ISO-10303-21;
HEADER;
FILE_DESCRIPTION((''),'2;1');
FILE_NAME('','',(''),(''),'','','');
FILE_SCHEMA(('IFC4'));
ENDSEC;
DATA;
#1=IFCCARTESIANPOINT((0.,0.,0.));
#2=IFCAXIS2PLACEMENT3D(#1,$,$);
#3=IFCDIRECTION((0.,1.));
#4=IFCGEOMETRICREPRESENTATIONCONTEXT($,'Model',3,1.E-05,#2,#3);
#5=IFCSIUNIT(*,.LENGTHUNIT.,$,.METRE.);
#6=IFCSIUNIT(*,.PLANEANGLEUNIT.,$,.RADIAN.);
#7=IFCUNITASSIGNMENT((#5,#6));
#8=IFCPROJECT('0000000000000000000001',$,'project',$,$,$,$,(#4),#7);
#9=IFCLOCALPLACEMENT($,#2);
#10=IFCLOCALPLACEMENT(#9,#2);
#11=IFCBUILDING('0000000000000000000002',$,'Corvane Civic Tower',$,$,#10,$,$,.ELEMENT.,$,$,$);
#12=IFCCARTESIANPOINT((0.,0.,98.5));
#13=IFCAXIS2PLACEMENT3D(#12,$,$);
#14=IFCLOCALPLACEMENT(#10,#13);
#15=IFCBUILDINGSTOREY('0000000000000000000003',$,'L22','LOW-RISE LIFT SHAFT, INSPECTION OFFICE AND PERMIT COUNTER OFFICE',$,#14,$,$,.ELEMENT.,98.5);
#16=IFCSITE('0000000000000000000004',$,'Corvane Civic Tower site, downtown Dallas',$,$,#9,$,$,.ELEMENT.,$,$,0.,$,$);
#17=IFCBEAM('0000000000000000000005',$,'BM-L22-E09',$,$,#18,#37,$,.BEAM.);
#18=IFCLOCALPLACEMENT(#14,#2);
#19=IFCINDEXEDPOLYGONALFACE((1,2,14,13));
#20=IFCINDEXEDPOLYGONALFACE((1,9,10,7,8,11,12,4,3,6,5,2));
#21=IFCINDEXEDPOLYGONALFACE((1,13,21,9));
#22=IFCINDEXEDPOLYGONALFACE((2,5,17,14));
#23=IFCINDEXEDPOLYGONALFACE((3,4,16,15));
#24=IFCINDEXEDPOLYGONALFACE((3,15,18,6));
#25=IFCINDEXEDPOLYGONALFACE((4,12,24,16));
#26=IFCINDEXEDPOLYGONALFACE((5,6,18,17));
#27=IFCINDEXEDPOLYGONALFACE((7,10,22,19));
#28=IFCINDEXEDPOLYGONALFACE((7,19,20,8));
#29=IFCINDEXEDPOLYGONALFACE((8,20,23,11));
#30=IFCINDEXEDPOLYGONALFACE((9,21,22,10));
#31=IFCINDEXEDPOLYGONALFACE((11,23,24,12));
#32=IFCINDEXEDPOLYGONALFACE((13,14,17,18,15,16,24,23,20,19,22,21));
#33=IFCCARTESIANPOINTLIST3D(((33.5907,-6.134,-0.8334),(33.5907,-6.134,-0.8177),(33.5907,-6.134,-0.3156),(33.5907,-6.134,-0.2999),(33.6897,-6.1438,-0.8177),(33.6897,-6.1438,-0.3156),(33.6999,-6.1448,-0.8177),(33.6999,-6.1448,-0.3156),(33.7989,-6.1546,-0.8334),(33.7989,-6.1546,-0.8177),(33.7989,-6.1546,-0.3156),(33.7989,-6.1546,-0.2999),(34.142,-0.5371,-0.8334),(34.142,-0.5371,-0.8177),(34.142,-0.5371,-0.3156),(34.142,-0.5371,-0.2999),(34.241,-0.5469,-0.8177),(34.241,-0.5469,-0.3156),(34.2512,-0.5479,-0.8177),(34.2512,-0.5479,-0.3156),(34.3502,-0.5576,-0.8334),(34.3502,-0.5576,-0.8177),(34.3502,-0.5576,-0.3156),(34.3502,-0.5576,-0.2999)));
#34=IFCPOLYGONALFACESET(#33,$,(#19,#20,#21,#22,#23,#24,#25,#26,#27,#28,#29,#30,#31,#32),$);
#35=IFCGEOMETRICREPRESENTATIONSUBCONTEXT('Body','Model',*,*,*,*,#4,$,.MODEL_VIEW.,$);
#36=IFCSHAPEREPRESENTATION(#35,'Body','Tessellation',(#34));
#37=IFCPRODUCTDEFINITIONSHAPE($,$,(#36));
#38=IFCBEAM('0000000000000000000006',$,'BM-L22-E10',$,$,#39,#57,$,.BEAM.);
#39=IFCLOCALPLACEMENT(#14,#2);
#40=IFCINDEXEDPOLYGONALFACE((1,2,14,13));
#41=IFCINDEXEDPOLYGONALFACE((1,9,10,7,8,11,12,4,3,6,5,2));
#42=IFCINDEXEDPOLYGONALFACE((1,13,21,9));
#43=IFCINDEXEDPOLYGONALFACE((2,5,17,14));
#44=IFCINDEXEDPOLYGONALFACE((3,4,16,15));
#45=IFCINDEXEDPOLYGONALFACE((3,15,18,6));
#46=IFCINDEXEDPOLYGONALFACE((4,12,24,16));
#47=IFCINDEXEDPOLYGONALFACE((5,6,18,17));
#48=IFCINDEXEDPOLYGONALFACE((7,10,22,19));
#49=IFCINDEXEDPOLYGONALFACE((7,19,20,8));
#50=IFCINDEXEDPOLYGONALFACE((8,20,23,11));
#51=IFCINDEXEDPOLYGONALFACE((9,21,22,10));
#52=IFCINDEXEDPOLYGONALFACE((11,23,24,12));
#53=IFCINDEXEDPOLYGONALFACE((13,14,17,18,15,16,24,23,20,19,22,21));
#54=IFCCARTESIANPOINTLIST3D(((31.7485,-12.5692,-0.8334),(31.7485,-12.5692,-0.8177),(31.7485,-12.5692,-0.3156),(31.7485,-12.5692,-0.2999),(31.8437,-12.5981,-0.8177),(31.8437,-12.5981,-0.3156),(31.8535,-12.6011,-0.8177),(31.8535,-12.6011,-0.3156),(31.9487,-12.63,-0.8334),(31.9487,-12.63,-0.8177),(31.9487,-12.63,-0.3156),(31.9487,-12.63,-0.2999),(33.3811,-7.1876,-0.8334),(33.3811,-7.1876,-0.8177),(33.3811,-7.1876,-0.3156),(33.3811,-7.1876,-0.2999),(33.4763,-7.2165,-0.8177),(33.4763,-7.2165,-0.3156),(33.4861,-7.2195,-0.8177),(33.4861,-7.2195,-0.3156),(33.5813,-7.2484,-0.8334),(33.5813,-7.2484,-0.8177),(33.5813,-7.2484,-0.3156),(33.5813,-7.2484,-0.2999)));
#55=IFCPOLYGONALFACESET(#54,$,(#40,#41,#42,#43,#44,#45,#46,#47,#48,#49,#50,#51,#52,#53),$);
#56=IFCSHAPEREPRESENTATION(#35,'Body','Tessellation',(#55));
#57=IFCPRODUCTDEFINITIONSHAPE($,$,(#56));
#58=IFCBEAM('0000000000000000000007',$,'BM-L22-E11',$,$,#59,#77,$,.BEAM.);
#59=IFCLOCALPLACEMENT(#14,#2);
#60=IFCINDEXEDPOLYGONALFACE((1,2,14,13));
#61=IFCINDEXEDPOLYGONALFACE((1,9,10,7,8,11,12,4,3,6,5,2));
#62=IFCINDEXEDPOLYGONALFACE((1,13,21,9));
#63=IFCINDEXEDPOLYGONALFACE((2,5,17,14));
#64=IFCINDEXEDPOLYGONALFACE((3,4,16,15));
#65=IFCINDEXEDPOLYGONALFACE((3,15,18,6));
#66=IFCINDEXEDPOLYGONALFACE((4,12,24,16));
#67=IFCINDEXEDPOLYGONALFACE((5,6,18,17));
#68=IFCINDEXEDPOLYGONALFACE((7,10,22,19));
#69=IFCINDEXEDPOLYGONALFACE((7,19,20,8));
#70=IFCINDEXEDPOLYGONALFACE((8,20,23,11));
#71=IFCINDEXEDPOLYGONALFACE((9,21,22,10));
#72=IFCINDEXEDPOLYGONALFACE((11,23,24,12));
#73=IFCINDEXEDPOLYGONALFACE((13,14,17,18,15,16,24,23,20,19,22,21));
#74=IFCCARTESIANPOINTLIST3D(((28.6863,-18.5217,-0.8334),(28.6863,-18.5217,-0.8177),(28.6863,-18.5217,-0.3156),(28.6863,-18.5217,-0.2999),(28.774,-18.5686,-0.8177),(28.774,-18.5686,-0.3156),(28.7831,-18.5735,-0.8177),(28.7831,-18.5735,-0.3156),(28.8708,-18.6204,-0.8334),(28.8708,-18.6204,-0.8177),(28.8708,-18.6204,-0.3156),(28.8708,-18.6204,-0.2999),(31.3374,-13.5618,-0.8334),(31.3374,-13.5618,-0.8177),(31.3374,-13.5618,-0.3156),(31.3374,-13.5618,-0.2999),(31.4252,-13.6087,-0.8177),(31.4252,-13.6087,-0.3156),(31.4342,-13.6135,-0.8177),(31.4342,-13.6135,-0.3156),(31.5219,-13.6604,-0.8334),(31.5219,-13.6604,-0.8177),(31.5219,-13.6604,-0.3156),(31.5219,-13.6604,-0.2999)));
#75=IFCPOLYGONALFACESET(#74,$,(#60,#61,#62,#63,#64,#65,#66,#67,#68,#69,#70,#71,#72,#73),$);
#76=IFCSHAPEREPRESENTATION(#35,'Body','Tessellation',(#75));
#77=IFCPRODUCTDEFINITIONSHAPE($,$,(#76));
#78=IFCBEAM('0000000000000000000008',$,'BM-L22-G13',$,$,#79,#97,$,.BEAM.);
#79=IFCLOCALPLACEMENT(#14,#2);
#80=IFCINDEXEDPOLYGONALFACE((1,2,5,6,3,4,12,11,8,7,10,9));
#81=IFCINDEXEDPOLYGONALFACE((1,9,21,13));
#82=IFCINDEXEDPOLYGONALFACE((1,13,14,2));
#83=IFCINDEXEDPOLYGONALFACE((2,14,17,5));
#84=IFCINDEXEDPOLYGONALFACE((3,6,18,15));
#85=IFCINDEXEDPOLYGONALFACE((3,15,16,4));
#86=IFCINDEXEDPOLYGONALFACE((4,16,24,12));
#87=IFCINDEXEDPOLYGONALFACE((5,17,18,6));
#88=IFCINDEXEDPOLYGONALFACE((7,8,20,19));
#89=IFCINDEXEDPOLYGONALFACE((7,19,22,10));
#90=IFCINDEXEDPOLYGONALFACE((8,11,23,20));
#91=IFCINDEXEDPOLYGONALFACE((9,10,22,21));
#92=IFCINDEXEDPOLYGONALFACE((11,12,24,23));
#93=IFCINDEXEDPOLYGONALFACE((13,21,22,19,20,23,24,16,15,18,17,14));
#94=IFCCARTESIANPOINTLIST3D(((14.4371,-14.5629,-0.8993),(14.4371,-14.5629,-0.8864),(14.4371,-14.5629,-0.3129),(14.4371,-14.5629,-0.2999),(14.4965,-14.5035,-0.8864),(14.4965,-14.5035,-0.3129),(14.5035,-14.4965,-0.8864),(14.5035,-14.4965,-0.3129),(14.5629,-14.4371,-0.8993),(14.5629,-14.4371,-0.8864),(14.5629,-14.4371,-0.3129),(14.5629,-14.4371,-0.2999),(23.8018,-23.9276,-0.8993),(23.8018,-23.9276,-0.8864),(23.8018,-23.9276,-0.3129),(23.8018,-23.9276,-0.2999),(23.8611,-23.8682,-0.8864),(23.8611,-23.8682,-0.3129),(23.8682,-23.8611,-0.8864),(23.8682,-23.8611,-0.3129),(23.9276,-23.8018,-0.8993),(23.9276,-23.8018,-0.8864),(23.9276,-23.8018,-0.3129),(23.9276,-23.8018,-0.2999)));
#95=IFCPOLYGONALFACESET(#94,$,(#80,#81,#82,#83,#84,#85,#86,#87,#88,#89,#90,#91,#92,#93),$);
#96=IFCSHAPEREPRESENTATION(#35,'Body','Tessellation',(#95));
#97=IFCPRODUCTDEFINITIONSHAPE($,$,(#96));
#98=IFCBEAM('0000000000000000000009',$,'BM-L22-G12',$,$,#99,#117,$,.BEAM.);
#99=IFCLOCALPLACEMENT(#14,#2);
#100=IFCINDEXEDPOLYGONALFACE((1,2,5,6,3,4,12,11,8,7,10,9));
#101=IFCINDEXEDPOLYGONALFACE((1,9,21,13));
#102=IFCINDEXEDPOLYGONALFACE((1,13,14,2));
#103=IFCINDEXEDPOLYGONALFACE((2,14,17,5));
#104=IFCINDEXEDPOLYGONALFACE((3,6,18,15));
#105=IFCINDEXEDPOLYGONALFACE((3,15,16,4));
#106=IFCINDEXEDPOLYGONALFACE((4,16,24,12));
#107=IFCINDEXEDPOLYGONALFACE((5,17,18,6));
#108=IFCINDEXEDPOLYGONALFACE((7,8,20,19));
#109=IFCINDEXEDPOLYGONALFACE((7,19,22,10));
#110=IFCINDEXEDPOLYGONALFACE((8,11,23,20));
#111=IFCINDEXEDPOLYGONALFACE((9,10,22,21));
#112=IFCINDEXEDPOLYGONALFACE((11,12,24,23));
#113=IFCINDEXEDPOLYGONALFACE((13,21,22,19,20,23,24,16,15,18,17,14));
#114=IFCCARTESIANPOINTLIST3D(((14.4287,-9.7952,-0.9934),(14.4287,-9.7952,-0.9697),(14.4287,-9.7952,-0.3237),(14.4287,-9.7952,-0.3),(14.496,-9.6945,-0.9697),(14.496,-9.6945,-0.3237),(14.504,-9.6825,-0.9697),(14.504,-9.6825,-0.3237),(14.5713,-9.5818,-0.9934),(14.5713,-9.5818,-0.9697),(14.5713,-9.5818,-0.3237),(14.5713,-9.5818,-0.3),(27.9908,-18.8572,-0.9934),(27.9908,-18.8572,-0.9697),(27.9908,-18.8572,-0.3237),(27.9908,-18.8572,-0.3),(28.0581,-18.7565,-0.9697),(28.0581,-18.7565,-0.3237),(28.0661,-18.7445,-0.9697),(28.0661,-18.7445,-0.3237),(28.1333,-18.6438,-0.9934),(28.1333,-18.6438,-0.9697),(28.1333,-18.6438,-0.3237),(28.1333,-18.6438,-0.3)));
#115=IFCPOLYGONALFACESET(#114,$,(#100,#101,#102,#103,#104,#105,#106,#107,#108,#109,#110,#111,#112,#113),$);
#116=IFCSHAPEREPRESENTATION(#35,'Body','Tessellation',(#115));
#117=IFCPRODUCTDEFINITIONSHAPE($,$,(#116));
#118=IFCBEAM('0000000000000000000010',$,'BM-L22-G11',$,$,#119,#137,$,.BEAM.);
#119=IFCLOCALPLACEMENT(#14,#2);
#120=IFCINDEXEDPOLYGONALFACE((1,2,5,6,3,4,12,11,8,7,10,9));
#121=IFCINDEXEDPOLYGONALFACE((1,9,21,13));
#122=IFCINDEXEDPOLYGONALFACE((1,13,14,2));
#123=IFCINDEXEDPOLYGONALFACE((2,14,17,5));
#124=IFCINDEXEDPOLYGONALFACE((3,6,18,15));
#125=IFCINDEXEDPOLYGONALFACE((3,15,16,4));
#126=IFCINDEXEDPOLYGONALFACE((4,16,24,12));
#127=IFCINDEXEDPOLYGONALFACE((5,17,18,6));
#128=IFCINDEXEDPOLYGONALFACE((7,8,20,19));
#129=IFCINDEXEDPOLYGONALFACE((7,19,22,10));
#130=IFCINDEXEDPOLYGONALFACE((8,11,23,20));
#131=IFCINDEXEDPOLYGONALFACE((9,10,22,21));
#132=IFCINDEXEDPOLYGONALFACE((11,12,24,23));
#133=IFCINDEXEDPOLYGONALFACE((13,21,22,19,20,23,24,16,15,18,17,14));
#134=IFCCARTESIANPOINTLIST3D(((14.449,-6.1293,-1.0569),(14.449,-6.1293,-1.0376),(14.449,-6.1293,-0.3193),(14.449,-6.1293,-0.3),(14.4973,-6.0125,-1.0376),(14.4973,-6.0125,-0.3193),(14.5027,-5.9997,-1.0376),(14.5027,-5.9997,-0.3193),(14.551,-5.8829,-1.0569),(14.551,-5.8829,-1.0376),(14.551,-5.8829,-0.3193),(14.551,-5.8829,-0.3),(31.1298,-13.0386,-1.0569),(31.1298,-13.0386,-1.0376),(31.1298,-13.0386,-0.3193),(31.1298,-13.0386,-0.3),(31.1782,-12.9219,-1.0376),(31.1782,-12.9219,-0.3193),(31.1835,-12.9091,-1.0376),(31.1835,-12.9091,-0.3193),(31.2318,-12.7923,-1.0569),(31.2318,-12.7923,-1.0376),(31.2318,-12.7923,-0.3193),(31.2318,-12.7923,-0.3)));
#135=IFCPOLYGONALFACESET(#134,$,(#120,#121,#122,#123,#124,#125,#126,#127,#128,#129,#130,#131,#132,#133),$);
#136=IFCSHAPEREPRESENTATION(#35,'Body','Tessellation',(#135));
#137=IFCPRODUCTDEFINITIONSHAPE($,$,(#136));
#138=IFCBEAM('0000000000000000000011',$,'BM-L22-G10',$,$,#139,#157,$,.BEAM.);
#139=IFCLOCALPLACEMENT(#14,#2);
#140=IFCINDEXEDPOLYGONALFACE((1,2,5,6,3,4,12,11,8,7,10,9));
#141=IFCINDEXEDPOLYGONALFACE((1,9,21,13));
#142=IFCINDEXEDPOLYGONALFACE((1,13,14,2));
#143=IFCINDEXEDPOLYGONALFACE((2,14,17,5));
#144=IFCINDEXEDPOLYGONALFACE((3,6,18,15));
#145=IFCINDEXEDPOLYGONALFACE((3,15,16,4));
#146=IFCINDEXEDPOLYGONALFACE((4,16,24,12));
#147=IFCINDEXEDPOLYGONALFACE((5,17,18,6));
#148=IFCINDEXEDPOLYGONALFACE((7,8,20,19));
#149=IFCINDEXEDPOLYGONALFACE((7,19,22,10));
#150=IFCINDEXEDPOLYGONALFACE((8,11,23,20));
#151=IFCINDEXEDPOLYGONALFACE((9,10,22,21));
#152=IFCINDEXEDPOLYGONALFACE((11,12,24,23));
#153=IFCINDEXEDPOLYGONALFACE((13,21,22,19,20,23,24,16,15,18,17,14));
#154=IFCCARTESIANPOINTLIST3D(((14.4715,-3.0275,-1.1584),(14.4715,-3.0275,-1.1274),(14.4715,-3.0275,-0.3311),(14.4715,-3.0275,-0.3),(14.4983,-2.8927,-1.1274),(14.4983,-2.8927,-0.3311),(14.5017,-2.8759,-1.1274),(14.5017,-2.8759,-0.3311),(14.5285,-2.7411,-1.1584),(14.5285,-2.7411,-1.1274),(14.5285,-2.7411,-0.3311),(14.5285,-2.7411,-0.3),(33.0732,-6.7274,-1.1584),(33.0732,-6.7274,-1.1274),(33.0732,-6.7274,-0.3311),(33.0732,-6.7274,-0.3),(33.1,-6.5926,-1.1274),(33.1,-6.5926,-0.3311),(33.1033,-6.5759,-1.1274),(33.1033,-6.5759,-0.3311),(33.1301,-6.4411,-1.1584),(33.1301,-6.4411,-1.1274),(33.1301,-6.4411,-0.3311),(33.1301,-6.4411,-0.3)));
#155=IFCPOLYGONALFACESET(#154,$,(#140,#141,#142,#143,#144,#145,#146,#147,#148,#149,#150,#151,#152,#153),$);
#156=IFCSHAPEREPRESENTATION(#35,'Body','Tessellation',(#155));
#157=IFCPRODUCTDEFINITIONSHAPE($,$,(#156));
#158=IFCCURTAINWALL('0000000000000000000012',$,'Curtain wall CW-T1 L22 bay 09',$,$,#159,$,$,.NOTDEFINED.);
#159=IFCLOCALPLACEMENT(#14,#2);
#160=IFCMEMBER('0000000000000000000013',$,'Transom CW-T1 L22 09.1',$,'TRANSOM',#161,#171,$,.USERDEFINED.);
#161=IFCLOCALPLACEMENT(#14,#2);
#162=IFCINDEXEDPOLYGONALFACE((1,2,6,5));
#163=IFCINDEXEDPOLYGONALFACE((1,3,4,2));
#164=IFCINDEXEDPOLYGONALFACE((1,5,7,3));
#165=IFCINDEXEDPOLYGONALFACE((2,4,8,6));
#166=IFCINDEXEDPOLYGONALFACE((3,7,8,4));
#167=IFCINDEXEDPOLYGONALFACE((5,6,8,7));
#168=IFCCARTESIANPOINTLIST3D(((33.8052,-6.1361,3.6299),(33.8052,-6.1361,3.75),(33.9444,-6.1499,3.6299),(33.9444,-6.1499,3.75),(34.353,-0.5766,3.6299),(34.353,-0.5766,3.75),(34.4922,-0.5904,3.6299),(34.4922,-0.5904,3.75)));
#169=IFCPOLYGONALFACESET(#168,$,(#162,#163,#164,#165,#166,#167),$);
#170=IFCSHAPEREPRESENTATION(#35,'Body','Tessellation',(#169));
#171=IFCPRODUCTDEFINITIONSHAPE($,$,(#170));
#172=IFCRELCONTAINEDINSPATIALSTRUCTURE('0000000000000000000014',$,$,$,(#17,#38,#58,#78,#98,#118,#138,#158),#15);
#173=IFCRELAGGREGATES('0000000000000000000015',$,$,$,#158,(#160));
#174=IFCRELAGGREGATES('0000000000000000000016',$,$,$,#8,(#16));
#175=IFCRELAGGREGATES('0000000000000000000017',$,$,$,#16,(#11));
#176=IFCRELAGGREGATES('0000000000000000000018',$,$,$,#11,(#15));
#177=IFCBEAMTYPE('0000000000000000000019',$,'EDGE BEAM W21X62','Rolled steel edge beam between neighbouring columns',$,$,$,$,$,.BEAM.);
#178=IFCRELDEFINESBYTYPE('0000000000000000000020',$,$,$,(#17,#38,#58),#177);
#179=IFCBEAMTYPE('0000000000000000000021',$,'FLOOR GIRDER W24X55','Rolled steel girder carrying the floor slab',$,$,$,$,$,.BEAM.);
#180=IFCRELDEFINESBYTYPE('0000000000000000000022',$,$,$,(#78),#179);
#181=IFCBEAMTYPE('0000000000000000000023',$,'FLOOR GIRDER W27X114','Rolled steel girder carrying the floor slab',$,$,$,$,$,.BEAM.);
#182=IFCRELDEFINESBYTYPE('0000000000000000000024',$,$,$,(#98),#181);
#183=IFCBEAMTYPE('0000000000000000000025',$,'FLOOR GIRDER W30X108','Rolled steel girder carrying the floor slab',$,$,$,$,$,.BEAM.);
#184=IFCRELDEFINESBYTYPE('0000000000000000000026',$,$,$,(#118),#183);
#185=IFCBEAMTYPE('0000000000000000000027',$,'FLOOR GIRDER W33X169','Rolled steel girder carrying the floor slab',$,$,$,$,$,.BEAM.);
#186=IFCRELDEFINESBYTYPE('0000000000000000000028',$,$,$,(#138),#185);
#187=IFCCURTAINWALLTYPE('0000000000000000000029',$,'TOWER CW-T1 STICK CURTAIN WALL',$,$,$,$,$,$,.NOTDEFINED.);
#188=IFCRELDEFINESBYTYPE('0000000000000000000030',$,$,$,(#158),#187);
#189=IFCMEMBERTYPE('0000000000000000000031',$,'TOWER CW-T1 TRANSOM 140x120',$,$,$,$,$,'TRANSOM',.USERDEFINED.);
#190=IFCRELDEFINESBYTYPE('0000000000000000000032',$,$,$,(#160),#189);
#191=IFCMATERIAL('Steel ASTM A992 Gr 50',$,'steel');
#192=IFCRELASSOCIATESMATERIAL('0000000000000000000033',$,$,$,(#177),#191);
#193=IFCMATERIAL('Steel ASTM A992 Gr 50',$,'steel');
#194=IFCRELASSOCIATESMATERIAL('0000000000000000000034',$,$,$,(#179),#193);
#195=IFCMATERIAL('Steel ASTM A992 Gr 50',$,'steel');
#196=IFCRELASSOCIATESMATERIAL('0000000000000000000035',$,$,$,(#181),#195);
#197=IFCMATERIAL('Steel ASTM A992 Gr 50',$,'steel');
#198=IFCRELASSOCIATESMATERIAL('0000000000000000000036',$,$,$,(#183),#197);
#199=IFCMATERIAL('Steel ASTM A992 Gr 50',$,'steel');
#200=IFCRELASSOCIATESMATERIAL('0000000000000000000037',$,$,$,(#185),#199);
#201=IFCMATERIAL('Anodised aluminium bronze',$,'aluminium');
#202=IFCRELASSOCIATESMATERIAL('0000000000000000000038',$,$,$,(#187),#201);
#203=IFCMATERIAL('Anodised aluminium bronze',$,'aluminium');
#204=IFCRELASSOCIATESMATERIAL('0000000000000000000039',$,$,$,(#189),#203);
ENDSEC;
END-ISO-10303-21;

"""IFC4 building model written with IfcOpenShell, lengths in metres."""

from ifc_helpers import new_model, si_unit, direction, frame, origin, origin_2d, place, context, subcontext, project, spatial, rectangle, i_section, extrude, material, material_profile, profile_set, type_object, element, aggregate, save


model = new_model("IFC4")

# Units and contexts
model_context = context("Model", 3, precision=1e-05, world=origin(), true_north=direction((0.0, 1.0)))
body_context = subcontext(model_context, "Body", "Model", "MODEL_VIEW")
ifc_project = project(units=[si_unit("LENGTHUNIT", "METRE"), si_unit("PLANEANGLEUNIT", "RADIAN")], contexts=[model_context])

# Site, building, storey
site_placement = place(None, origin())
site = spatial("IfcSite", under=ifc_project, at=site_placement, Name="Corvane Civic Tower site, downtown Dallas", CompositionType="ELEMENT", RefElevation=0.0)
building_placement = place(site_placement, origin())
building = spatial("IfcBuilding", under=site, at=building_placement, Name="Corvane Civic Tower", CompositionType="ELEMENT")
storey_placement = place(building_placement, frame((0.0, 0.0, 98.5)))
storey = spatial("IfcBuildingStorey", under=building, at=storey_placement, Name="L22", Description="LOW-RISE LIFT SHAFT, INSPECTION OFFICE AND PERMIT COUNTER OFFICE", CompositionType="ELEMENT", Elevation=98.5)

# Beams
ifc_material_1 = material(Name="Steel ASTM A992 Gr 50", Category="steel")
ifc_material_profile_1 = material_profile(ifc_material_1, i_section(OverallWidth=0.2092, OverallDepth=0.5334, WebThickness=0.0103, FlangeThickness=0.0156, at=origin_2d()), Name="W21X62")
ifc_profile_set_1 = profile_set([ifc_material_profile_1], Name="Steel ASTM A992 Gr 50")
beam_type_1 = type_object("IfcBeamType", Name="EDGE BEAM W21X62", Description="Rolled steel edge beam between neighbouring columns", PredefinedType="BEAM", material=ifc_profile_set_1)
beam_1_placement = place(storey_placement, frame((34.2461, -0.5474, -0.5667), z_axis=(-0.098021, -0.995184, 0.0), x_axis=(0.995184, -0.098021, 0.0)))
element("IfcBeam", 1, at=beam_1_placement, inside=storey, type_object=beam_type_1, Name="BM-L22-E09", PredefinedType="BEAM", context=body_context, shape_type="SweptSolid", body=[
    extrude(i_section(OverallWidth=0.2092, OverallDepth=0.5334, WebThickness=0.0103, FlangeThickness=0.0156, at=origin_2d()), origin(), (0.0, 0.0, 1.0), 5.624),
])
beam_2_placement = place(storey_placement, frame((33.4812, -7.218, -0.5667), z_axis=(-0.290298, -0.956936, 0.0), x_axis=(0.956936, -0.290298, 0.0)))
element("IfcBeam", 2, at=beam_2_placement, inside=storey, type_object=beam_type_1, Name="BM-L22-E10", PredefinedType="BEAM", context=body_context, shape_type="SweptSolid", body=[
    extrude(i_section(OverallWidth=0.2092, OverallDepth=0.5334, WebThickness=0.0103, FlangeThickness=0.0156, at=origin_2d()), origin(), (0.0, 0.0, 1.0), 5.6238),
])
beam_3_placement = place(storey_placement, frame((31.4297, -13.6111, -0.5667), z_axis=(-0.471392, -0.881924, 0.0), x_axis=(0.881924, -0.471392, 0.0)))
element("IfcBeam", 3, at=beam_3_placement, inside=storey, type_object=beam_type_1, Name="BM-L22-E11", PredefinedType="BEAM", context=body_context, shape_type="SweptSolid", body=[
    extrude(i_section(OverallWidth=0.2092, OverallDepth=0.5334, WebThickness=0.0103, FlangeThickness=0.0156, at=origin_2d()), origin(), (0.0, 0.0, 1.0), 5.624),
])
ifc_material_2 = material(Name="Steel ASTM A992 Gr 50", Category="steel")
ifc_material_profile_2 = material_profile(ifc_material_2, i_section(OverallWidth=0.178, OverallDepth=0.5994, WebThickness=0.01, FlangeThickness=0.0129, at=origin_2d()), Name="W24X55")
ifc_profile_set_2 = profile_set([ifc_material_profile_2], Name="Steel ASTM A992 Gr 50")
beam_type_2 = type_object("IfcBeamType", Name="FLOOR GIRDER W24X55", Description="Rolled steel girder carrying the floor slab", PredefinedType="BEAM", material=ifc_profile_set_2)
beam_4_placement = place(storey_placement, frame((14.5, -14.5, -0.5996), z_axis=(0.707107, -0.707107, 0.0), x_axis=(0.707107, 0.707107, 0.0)))
element("IfcBeam", 4, at=beam_4_placement, inside=storey, type_object=beam_type_2, Name="BM-L22-G13", PredefinedType="BEAM", context=body_context, shape_type="SweptSolid", body=[
    extrude(i_section(OverallWidth=0.178, OverallDepth=0.5994, WebThickness=0.01, FlangeThickness=0.0129, at=origin_2d()), origin(), (0.0, 0.0, 1.0), 13.2437),
])
ifc_material_3 = material(Name="Steel ASTM A992 Gr 50", Category="steel")
ifc_material_profile_3 = material_profile(ifc_material_3, i_section(OverallWidth=0.2566, OverallDepth=0.6934, WebThickness=0.0144, FlangeThickness=0.0237, at=origin_2d()), Name="W27X114")
ifc_profile_set_3 = profile_set([ifc_material_profile_3], Name="Steel ASTM A992 Gr 50")
beam_type_3 = type_object("IfcBeamType", Name="FLOOR GIRDER W27X114", Description="Rolled steel girder carrying the floor slab", PredefinedType="BEAM", material=ifc_profile_set_3)
beam_5_placement = place(storey_placement, frame((14.5, -9.6885, -0.6467), z_axis=(0.831465, -0.555577, 0.0), x_axis=(0.555577, 0.831465, 0.0)))
element("IfcBeam", 5, at=beam_5_placement, inside=storey, type_object=beam_type_3, Name="BM-L22-G12", PredefinedType="BEAM", context=body_context, shape_type="SweptSolid", body=[
    extrude(i_section(OverallWidth=0.2566, OverallDepth=0.6934, WebThickness=0.0144, FlangeThickness=0.0237, at=origin_2d()), origin(), (0.0, 0.0, 1.0), 16.311),
])
ifc_material_4 = material(Name="Steel ASTM A992 Gr 50", Category="steel")
ifc_material_profile_4 = material_profile(ifc_material_4, i_section(OverallWidth=0.2666, OverallDepth=0.7568, WebThickness=0.0139, FlangeThickness=0.0193, at=origin_2d()), Name="W30X108")
ifc_profile_set_4 = profile_set([ifc_material_profile_4], Name="Steel ASTM A992 Gr 50")
beam_type_4 = type_object("IfcBeamType", Name="FLOOR GIRDER W30X108", Description="Rolled steel girder carrying the floor slab", PredefinedType="BEAM", material=ifc_profile_set_4)
beam_6_placement = place(storey_placement, frame((14.5, -6.0061, -0.6785), z_axis=(0.92388, -0.382682, 0.0), x_axis=(0.382682, 0.92388, 0.0)))
element("IfcBeam", 6, at=beam_6_placement, inside=storey, type_object=beam_type_4, Name="BM-L22-G11", PredefinedType="BEAM", context=body_context, shape_type="SweptSolid", body=[
    extrude(i_section(OverallWidth=0.2666, OverallDepth=0.7568, WebThickness=0.0139, FlangeThickness=0.0193, at=origin_2d()), origin(), (0.0, 0.0, 1.0), 18.0552),
])
ifc_material_5 = material(Name="Steel ASTM A992 Gr 50", Category="steel")
ifc_material_profile_5 = material_profile(ifc_material_5, i_section(OverallWidth=0.292, OverallDepth=0.8584, WebThickness=0.0171, FlangeThickness=0.031, at=origin_2d()), Name="W33X169")
ifc_profile_set_5 = profile_set([ifc_material_profile_5], Name="Steel ASTM A992 Gr 50")
beam_type_5 = type_object("IfcBeamType", Name="FLOOR GIRDER W33X169", Description="Rolled steel girder carrying the floor slab", PredefinedType="BEAM", material=ifc_profile_set_5)
beam_7_placement = place(storey_placement, frame((14.5, -2.8843, -0.7292), z_axis=(0.980787, -0.195084, 0.0), x_axis=(0.195084, 0.980787, 0.0)))
element("IfcBeam", 7, at=beam_7_placement, inside=storey, type_object=beam_type_5, Name="BM-L22-G10", PredefinedType="BEAM", context=body_context, shape_type="SweptSolid", body=[
    extrude(i_section(OverallWidth=0.292, OverallDepth=0.8584, WebThickness=0.0171, FlangeThickness=0.031, at=origin_2d()), origin(), (0.0, 0.0, 1.0), 18.9661),
])

# Curtain wall, member
ifc_material_6 = material(Name="Anodised aluminium bronze", Category="aluminium")
curtain_wall_type = type_object("IfcCurtainWallType", Name="TOWER CW-T1 STICK CURTAIN WALL", PredefinedType="NOTDEFINED", material=ifc_material_6)
curtain_wall_1_placement = place(storey_placement, origin())
curtain_wall_1 = element("IfcCurtainWall", 8, at=curtain_wall_1_placement, inside=storey, type_object=curtain_wall_type, Name="Curtain wall CW-T1 L22 bay 09", PredefinedType="NOTDEFINED")
ifc_material_7 = material(Name="Anodised aluminium bronze", Category="aluminium")
ifc_material_profile_6 = material_profile(ifc_material_7, rectangle(XDim=0.1399, YDim=0.1201, at=origin_2d()), Name="TOWER CW-T1 TRANSOM 140x120")
ifc_profile_set_6 = profile_set([ifc_material_profile_6], Name="Anodised aluminium bronze")
member_type = type_object("IfcMemberType", Name="TOWER CW-T1 TRANSOM 140x120", ElementType="TRANSOM", PredefinedType="USERDEFINED", material=ifc_profile_set_6)
member_1_placement = place(storey_placement, frame((34.4226, -0.5835, 3.6899), z_axis=(-0.098067, -0.99518, 0.0), x_axis=(0.99518, -0.098067, 0.0)))
member_1 = element("IfcMember", 9, at=member_1_placement, type_object=member_type, Name="Transom CW-T1 L22 09.1", ObjectType="TRANSOM", PredefinedType="USERDEFINED", context=body_context, shape_type="SweptSolid", body=[
    extrude(rectangle(XDim=0.1399, YDim=0.1201, at=origin_2d()), origin(), (0.0, 0.0, 1.0), 5.5864),
])

aggregate(curtain_wall_1, [member_1])

save(model, "model.ifc")
